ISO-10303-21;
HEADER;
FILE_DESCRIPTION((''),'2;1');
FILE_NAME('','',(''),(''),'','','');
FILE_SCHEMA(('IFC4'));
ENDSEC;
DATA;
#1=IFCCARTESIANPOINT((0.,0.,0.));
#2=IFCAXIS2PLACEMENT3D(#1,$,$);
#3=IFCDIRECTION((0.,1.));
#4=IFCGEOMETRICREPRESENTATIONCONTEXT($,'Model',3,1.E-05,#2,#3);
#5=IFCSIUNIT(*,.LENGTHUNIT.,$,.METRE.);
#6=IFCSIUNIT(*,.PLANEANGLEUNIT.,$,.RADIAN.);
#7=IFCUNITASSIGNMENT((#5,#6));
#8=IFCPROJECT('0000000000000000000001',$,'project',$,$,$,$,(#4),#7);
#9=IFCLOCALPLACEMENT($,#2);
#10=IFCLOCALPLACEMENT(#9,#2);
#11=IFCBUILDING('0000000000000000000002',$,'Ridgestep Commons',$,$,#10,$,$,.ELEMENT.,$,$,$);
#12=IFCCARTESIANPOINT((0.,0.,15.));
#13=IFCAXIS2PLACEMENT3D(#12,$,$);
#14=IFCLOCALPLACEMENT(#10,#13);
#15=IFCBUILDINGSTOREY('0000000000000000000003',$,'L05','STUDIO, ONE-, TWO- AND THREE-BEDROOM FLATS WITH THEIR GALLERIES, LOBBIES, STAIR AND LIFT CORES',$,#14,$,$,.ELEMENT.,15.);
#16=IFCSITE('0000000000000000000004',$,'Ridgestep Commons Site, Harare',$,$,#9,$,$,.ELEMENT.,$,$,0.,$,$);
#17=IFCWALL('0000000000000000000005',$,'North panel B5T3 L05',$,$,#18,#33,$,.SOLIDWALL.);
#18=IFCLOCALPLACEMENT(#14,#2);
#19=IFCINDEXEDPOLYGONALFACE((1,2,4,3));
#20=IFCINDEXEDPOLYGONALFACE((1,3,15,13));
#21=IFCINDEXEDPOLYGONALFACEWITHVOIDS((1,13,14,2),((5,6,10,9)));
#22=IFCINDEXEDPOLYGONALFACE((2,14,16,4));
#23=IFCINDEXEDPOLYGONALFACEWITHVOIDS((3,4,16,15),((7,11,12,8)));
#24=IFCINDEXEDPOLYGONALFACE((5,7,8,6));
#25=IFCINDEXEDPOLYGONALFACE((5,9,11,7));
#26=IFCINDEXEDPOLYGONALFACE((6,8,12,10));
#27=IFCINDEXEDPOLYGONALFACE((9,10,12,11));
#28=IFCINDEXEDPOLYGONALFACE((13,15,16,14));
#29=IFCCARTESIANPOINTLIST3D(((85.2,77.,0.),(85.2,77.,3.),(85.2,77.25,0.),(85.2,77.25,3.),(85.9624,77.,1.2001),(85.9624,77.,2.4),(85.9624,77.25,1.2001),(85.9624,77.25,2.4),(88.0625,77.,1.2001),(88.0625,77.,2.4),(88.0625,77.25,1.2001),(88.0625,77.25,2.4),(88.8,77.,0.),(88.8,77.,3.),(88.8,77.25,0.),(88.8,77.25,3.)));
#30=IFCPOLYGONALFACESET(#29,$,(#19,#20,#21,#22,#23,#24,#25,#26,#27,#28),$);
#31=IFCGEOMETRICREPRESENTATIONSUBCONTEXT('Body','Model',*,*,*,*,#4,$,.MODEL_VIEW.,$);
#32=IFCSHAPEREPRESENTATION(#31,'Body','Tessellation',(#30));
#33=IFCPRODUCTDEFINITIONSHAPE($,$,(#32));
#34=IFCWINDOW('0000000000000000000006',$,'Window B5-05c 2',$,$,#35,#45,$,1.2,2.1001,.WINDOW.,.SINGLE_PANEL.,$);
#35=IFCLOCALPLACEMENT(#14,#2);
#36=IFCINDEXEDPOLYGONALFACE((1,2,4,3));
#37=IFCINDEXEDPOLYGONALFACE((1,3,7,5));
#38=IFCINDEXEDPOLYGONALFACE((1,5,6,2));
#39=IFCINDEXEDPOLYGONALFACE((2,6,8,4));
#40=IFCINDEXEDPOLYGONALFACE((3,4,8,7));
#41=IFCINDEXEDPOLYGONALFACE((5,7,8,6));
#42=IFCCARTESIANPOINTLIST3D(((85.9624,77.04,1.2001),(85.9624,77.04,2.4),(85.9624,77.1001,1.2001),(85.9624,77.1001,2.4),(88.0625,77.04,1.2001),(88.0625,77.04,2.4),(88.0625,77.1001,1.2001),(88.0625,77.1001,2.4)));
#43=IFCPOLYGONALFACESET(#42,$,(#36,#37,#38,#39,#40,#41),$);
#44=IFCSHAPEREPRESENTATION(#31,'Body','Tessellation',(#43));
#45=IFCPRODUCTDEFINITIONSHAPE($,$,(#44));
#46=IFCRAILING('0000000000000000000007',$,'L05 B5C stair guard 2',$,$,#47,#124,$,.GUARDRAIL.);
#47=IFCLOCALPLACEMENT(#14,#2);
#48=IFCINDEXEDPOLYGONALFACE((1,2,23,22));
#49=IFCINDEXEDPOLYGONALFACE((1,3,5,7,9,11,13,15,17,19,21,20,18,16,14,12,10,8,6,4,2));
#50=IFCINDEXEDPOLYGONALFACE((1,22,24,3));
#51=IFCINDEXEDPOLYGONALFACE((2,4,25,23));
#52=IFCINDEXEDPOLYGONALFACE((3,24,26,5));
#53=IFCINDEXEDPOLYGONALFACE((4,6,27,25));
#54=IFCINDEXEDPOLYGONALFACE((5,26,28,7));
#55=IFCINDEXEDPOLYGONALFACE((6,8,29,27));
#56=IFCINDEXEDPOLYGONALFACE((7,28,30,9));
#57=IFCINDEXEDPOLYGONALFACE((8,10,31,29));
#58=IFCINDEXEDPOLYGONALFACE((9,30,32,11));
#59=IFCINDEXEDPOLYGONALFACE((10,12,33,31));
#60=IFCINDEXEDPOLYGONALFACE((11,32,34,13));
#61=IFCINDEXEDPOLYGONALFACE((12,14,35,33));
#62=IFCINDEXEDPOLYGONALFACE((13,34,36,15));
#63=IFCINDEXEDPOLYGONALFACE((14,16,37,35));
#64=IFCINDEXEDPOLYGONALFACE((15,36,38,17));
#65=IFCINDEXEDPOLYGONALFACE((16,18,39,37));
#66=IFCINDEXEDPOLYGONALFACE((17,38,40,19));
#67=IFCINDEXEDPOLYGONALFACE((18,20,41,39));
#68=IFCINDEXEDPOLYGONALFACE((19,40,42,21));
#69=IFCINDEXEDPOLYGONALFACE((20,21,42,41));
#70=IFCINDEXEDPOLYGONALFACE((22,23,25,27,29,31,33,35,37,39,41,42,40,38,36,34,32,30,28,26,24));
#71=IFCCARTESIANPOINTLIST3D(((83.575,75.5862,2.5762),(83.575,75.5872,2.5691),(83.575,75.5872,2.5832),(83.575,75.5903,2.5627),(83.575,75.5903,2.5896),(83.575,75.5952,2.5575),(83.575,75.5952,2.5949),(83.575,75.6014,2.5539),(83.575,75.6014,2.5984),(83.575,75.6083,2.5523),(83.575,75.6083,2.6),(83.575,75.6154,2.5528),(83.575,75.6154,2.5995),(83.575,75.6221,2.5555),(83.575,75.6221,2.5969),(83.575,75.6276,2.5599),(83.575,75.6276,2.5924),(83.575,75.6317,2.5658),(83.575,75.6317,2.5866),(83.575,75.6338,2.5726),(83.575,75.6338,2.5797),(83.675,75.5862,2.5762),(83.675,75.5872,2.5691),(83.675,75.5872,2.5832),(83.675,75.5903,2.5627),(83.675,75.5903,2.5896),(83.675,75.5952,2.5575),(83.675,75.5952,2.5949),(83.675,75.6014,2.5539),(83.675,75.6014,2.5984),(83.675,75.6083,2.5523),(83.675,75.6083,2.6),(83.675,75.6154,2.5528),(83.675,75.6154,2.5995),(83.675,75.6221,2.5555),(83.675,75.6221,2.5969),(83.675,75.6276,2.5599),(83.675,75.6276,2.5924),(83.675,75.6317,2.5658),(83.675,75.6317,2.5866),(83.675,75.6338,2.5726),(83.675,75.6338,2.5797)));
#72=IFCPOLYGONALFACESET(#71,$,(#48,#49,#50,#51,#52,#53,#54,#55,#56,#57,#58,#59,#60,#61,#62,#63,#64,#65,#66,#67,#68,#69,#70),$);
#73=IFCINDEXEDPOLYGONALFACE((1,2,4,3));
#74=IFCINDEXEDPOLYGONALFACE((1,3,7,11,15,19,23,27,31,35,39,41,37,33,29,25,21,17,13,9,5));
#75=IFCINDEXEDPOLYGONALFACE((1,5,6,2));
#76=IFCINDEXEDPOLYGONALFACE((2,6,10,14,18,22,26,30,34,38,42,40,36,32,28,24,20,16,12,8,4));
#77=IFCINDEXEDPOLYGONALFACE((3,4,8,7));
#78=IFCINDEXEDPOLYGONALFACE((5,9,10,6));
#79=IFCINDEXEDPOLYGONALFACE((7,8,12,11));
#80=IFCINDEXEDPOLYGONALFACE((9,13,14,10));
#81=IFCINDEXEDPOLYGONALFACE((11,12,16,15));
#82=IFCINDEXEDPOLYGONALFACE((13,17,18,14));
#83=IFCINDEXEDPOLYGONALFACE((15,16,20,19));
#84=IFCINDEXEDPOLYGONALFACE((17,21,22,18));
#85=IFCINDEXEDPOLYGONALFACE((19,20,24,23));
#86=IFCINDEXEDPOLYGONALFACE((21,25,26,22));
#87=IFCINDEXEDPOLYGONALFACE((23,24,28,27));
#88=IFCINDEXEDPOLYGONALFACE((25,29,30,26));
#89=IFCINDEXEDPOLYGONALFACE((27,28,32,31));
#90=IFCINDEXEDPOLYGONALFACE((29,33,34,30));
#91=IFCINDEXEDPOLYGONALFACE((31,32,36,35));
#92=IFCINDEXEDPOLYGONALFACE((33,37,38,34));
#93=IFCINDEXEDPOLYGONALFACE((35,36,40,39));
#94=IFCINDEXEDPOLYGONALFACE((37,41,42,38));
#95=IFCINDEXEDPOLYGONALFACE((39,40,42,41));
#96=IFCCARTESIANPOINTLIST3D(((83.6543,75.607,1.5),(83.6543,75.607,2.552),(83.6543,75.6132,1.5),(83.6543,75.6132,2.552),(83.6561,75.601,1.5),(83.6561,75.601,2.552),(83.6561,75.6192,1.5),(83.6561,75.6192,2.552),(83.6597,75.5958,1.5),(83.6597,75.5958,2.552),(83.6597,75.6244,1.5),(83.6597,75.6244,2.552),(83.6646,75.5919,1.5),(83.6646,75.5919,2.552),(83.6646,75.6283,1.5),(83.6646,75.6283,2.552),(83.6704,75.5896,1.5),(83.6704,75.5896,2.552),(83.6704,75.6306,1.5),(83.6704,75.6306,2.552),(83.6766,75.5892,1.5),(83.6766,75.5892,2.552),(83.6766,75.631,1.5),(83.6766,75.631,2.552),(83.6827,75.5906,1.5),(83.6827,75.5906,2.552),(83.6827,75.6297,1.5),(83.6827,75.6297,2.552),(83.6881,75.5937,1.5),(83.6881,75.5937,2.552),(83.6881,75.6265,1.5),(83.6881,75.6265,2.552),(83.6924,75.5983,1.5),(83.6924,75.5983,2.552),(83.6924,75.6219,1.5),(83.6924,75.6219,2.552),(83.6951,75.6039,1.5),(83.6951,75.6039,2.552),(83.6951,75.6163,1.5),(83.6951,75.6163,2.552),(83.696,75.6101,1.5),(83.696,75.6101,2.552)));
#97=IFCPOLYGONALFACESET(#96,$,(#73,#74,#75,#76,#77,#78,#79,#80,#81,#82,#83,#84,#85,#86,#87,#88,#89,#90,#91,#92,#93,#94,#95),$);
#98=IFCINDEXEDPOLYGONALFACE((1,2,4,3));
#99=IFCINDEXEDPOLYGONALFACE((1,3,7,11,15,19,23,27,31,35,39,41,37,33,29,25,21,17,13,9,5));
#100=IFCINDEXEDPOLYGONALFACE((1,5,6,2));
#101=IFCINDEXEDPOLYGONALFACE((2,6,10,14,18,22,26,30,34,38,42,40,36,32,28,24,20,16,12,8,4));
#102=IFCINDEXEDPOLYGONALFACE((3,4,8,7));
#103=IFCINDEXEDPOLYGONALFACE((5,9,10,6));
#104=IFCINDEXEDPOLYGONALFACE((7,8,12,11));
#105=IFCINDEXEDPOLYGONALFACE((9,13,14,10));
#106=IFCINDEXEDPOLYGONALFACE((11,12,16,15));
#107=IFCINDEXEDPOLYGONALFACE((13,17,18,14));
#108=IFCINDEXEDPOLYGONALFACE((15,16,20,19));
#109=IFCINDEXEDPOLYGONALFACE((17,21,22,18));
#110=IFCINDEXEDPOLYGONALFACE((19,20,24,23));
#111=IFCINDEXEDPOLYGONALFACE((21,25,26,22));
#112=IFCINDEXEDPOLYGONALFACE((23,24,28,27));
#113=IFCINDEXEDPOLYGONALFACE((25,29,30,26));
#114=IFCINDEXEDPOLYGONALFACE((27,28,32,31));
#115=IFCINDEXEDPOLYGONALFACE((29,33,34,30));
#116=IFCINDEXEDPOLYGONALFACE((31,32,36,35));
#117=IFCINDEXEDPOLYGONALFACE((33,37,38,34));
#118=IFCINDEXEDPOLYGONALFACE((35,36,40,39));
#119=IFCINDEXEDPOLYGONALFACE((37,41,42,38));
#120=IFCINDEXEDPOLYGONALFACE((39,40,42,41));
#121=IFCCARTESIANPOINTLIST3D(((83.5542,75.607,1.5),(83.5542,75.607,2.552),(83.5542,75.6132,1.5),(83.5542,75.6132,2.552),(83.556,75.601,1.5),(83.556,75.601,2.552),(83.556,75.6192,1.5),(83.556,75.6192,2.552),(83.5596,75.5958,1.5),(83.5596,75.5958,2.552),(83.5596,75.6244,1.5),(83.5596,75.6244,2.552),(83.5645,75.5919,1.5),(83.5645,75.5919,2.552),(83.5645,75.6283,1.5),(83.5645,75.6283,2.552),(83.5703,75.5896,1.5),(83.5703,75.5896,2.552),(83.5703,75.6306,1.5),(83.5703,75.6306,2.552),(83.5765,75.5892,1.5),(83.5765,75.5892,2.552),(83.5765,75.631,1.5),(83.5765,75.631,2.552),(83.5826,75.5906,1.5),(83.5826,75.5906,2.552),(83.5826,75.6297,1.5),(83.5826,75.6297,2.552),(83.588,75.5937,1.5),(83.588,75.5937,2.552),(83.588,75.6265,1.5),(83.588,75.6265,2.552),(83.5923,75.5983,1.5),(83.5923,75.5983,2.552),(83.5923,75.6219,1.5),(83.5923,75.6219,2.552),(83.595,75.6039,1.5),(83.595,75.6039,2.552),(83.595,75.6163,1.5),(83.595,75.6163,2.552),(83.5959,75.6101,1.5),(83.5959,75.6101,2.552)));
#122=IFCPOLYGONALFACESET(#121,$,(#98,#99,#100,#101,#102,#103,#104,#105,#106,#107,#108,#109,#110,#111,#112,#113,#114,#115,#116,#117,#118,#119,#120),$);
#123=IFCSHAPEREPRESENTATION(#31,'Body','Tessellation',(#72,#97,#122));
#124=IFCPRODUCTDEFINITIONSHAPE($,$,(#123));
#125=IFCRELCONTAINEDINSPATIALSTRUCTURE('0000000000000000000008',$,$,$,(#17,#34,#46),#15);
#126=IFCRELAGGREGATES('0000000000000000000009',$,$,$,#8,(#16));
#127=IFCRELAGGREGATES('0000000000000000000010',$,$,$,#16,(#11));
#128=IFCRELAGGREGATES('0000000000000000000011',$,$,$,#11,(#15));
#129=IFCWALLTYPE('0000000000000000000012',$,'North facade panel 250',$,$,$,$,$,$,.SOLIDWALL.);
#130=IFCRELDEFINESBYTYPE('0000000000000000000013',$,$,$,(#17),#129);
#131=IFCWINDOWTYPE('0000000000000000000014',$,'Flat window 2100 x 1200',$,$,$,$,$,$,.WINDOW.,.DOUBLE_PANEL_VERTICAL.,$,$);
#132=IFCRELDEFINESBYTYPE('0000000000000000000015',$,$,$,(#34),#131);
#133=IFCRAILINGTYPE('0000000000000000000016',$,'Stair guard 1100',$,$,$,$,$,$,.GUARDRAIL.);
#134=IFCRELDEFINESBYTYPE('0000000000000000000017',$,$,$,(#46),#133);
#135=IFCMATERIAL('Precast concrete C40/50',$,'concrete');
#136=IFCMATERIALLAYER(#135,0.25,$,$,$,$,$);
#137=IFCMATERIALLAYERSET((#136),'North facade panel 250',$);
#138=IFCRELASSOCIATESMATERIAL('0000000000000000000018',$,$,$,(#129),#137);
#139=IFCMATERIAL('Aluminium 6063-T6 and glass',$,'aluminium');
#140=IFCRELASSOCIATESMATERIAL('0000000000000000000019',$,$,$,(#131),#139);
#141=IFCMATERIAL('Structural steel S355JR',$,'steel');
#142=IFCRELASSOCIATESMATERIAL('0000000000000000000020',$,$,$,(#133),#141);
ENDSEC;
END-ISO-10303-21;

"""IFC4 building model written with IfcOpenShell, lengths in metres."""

from ifc_helpers import new_model, si_unit, direction, frame, frame_2d, origin, origin_2d, place, context, subcontext, project, spatial, rectangle, circle, extrude, material, layer, layer_set, type_object, element, fill, save


model = new_model("IFC4")

# Units and contexts
model_context = context("Model", 3, precision=1e-05, world=origin(), true_north=direction((0.0, 1.0)))
body_context = subcontext(model_context, "Body", "Model", "MODEL_VIEW")
ifc_project = project(units=[si_unit("LENGTHUNIT", "METRE"), si_unit("PLANEANGLEUNIT", "RADIAN")], contexts=[model_context])

# Site, building, storey
site_placement = place(None, origin())
site = spatial("IfcSite", under=ifc_project, at=site_placement, Name="Ridgestep Commons Site, Harare", CompositionType="ELEMENT", RefElevation=0.0)
building_placement = place(site_placement, origin())
building = spatial("IfcBuilding", under=site, at=building_placement, Name="Ridgestep Commons", CompositionType="ELEMENT")
storey_placement = place(building_placement, frame((0.0, 0.0, 15.0)))
storey = spatial("IfcBuildingStorey", under=building, at=storey_placement, Name="L05", Description="STUDIO, ONE-, TWO- AND THREE-BEDROOM FLATS WITH THEIR GALLERIES, LOBBIES, STAIR AND LIFT CORES", CompositionType="ELEMENT", Elevation=15.0)

# Wall, opening, window
ifc_material_1 = material(Name="Precast concrete C40/50", Category="concrete")
ifc_layer_1 = layer(ifc_material_1, 0.25)
ifc_layer_set_1 = layer_set([ifc_layer_1], Name="North facade panel 250")
wall_type = type_object("IfcWallType", Name="North facade panel 250", PredefinedType="SOLIDWALL", material=ifc_layer_set_1)
wall_placement = place(storey_placement, frame((85.2, 77.125, 0.0), z_axis=(0.0, 0.0, 1.0), x_axis=(1.0, 0.0, 0.0)))
wall = element("IfcWall", 1, at=wall_placement, inside=storey, type_object=wall_type, Name="North panel B5T3 L05", PredefinedType="SOLIDWALL", context=body_context, shape_type="SweptSolid", body=[
    extrude(rectangle(XDim=3.6001, YDim=0.25, at=frame_2d((1.8, 0.0))), origin(), (0.0, 0.0, 1.0), 3.0),
])
opening_placement = place(wall_placement, frame((0.7625, 0.0, 1.2)))
opening = element("IfcOpeningElement", 2, at=opening_placement, cuts=wall, PredefinedType="OPENING", context=body_context, shape_type="SweptSolid", body=[
    extrude(rectangle(XDim=2.1001, YDim=1.2, at=frame_2d((1.05, 0.6001))), frame((0.0, 0.135, 0.0), z_axis=(0.0, -1.0, 0.0), x_axis=(1.0, 0.0, 0.0)), (0.0, 0.0, 1.0), 0.27),
])
ifc_material_2 = material(Name="Aluminium 6063-T6 and glass", Category="aluminium")
window_type = type_object("IfcWindowType", Name="Flat window 2100 x 1200", PartitioningType="DOUBLE_PANEL_VERTICAL", PredefinedType="WINDOW", material=ifc_material_2)
window_placement = place(opening_placement, origin())
window = element("IfcWindow", 3, at=window_placement, inside=storey, type_object=window_type, Name="Window B5-05c 2", OverallHeight=1.2, OverallWidth=2.1001, PartitioningType="SINGLE_PANEL", PredefinedType="WINDOW", context=body_context, shape_type="SweptSolid", body=[
    extrude(rectangle(XDim=2.1001, YDim=1.2, at=frame_2d((1.05, 0.6001))), frame((0.0, -0.0249, 0.0), z_axis=(0.0, -1.0, 0.0), x_axis=(1.0, 0.0, 0.0)), (0.0, 0.0, 1.0), 0.0601),
])
fill(opening, window)

# Railing
ifc_material_3 = material(Name="Structural steel S355JR", Category="steel")
railing_type = type_object("IfcRailingType", Name="Stair guard 1100", PredefinedType="GUARDRAIL", material=ifc_material_3)
railing_1_placement = place(storey_placement, frame((83.675, 75.6101, 1.5)))
element("IfcRailing", 4, at=railing_1_placement, inside=storey, type_object=railing_type, Name="L05 B5C stair guard 2", PredefinedType="GUARDRAIL", context=body_context, shape_type="SweptSolid", body=[
    extrude(circle(Radius=0.0239, at=origin_2d()), frame((0.0, 0.0, 1.0762), z_axis=(-1.0, 0.0, 0.0), x_axis=(0.0, -1.0, 0.0)), (0.0, 0.0, 1.0), 0.1001),
    extrude(circle(Radius=0.021, at=origin_2d()), origin(), (0.0, 0.0, 1.0), 1.052),
    extrude(circle(Radius=0.021, at=origin_2d()), frame((-0.1001, 0.0, 0.0)), (0.0, 0.0, 1.0), 1.052),
])

save(model, "model.ifc")
